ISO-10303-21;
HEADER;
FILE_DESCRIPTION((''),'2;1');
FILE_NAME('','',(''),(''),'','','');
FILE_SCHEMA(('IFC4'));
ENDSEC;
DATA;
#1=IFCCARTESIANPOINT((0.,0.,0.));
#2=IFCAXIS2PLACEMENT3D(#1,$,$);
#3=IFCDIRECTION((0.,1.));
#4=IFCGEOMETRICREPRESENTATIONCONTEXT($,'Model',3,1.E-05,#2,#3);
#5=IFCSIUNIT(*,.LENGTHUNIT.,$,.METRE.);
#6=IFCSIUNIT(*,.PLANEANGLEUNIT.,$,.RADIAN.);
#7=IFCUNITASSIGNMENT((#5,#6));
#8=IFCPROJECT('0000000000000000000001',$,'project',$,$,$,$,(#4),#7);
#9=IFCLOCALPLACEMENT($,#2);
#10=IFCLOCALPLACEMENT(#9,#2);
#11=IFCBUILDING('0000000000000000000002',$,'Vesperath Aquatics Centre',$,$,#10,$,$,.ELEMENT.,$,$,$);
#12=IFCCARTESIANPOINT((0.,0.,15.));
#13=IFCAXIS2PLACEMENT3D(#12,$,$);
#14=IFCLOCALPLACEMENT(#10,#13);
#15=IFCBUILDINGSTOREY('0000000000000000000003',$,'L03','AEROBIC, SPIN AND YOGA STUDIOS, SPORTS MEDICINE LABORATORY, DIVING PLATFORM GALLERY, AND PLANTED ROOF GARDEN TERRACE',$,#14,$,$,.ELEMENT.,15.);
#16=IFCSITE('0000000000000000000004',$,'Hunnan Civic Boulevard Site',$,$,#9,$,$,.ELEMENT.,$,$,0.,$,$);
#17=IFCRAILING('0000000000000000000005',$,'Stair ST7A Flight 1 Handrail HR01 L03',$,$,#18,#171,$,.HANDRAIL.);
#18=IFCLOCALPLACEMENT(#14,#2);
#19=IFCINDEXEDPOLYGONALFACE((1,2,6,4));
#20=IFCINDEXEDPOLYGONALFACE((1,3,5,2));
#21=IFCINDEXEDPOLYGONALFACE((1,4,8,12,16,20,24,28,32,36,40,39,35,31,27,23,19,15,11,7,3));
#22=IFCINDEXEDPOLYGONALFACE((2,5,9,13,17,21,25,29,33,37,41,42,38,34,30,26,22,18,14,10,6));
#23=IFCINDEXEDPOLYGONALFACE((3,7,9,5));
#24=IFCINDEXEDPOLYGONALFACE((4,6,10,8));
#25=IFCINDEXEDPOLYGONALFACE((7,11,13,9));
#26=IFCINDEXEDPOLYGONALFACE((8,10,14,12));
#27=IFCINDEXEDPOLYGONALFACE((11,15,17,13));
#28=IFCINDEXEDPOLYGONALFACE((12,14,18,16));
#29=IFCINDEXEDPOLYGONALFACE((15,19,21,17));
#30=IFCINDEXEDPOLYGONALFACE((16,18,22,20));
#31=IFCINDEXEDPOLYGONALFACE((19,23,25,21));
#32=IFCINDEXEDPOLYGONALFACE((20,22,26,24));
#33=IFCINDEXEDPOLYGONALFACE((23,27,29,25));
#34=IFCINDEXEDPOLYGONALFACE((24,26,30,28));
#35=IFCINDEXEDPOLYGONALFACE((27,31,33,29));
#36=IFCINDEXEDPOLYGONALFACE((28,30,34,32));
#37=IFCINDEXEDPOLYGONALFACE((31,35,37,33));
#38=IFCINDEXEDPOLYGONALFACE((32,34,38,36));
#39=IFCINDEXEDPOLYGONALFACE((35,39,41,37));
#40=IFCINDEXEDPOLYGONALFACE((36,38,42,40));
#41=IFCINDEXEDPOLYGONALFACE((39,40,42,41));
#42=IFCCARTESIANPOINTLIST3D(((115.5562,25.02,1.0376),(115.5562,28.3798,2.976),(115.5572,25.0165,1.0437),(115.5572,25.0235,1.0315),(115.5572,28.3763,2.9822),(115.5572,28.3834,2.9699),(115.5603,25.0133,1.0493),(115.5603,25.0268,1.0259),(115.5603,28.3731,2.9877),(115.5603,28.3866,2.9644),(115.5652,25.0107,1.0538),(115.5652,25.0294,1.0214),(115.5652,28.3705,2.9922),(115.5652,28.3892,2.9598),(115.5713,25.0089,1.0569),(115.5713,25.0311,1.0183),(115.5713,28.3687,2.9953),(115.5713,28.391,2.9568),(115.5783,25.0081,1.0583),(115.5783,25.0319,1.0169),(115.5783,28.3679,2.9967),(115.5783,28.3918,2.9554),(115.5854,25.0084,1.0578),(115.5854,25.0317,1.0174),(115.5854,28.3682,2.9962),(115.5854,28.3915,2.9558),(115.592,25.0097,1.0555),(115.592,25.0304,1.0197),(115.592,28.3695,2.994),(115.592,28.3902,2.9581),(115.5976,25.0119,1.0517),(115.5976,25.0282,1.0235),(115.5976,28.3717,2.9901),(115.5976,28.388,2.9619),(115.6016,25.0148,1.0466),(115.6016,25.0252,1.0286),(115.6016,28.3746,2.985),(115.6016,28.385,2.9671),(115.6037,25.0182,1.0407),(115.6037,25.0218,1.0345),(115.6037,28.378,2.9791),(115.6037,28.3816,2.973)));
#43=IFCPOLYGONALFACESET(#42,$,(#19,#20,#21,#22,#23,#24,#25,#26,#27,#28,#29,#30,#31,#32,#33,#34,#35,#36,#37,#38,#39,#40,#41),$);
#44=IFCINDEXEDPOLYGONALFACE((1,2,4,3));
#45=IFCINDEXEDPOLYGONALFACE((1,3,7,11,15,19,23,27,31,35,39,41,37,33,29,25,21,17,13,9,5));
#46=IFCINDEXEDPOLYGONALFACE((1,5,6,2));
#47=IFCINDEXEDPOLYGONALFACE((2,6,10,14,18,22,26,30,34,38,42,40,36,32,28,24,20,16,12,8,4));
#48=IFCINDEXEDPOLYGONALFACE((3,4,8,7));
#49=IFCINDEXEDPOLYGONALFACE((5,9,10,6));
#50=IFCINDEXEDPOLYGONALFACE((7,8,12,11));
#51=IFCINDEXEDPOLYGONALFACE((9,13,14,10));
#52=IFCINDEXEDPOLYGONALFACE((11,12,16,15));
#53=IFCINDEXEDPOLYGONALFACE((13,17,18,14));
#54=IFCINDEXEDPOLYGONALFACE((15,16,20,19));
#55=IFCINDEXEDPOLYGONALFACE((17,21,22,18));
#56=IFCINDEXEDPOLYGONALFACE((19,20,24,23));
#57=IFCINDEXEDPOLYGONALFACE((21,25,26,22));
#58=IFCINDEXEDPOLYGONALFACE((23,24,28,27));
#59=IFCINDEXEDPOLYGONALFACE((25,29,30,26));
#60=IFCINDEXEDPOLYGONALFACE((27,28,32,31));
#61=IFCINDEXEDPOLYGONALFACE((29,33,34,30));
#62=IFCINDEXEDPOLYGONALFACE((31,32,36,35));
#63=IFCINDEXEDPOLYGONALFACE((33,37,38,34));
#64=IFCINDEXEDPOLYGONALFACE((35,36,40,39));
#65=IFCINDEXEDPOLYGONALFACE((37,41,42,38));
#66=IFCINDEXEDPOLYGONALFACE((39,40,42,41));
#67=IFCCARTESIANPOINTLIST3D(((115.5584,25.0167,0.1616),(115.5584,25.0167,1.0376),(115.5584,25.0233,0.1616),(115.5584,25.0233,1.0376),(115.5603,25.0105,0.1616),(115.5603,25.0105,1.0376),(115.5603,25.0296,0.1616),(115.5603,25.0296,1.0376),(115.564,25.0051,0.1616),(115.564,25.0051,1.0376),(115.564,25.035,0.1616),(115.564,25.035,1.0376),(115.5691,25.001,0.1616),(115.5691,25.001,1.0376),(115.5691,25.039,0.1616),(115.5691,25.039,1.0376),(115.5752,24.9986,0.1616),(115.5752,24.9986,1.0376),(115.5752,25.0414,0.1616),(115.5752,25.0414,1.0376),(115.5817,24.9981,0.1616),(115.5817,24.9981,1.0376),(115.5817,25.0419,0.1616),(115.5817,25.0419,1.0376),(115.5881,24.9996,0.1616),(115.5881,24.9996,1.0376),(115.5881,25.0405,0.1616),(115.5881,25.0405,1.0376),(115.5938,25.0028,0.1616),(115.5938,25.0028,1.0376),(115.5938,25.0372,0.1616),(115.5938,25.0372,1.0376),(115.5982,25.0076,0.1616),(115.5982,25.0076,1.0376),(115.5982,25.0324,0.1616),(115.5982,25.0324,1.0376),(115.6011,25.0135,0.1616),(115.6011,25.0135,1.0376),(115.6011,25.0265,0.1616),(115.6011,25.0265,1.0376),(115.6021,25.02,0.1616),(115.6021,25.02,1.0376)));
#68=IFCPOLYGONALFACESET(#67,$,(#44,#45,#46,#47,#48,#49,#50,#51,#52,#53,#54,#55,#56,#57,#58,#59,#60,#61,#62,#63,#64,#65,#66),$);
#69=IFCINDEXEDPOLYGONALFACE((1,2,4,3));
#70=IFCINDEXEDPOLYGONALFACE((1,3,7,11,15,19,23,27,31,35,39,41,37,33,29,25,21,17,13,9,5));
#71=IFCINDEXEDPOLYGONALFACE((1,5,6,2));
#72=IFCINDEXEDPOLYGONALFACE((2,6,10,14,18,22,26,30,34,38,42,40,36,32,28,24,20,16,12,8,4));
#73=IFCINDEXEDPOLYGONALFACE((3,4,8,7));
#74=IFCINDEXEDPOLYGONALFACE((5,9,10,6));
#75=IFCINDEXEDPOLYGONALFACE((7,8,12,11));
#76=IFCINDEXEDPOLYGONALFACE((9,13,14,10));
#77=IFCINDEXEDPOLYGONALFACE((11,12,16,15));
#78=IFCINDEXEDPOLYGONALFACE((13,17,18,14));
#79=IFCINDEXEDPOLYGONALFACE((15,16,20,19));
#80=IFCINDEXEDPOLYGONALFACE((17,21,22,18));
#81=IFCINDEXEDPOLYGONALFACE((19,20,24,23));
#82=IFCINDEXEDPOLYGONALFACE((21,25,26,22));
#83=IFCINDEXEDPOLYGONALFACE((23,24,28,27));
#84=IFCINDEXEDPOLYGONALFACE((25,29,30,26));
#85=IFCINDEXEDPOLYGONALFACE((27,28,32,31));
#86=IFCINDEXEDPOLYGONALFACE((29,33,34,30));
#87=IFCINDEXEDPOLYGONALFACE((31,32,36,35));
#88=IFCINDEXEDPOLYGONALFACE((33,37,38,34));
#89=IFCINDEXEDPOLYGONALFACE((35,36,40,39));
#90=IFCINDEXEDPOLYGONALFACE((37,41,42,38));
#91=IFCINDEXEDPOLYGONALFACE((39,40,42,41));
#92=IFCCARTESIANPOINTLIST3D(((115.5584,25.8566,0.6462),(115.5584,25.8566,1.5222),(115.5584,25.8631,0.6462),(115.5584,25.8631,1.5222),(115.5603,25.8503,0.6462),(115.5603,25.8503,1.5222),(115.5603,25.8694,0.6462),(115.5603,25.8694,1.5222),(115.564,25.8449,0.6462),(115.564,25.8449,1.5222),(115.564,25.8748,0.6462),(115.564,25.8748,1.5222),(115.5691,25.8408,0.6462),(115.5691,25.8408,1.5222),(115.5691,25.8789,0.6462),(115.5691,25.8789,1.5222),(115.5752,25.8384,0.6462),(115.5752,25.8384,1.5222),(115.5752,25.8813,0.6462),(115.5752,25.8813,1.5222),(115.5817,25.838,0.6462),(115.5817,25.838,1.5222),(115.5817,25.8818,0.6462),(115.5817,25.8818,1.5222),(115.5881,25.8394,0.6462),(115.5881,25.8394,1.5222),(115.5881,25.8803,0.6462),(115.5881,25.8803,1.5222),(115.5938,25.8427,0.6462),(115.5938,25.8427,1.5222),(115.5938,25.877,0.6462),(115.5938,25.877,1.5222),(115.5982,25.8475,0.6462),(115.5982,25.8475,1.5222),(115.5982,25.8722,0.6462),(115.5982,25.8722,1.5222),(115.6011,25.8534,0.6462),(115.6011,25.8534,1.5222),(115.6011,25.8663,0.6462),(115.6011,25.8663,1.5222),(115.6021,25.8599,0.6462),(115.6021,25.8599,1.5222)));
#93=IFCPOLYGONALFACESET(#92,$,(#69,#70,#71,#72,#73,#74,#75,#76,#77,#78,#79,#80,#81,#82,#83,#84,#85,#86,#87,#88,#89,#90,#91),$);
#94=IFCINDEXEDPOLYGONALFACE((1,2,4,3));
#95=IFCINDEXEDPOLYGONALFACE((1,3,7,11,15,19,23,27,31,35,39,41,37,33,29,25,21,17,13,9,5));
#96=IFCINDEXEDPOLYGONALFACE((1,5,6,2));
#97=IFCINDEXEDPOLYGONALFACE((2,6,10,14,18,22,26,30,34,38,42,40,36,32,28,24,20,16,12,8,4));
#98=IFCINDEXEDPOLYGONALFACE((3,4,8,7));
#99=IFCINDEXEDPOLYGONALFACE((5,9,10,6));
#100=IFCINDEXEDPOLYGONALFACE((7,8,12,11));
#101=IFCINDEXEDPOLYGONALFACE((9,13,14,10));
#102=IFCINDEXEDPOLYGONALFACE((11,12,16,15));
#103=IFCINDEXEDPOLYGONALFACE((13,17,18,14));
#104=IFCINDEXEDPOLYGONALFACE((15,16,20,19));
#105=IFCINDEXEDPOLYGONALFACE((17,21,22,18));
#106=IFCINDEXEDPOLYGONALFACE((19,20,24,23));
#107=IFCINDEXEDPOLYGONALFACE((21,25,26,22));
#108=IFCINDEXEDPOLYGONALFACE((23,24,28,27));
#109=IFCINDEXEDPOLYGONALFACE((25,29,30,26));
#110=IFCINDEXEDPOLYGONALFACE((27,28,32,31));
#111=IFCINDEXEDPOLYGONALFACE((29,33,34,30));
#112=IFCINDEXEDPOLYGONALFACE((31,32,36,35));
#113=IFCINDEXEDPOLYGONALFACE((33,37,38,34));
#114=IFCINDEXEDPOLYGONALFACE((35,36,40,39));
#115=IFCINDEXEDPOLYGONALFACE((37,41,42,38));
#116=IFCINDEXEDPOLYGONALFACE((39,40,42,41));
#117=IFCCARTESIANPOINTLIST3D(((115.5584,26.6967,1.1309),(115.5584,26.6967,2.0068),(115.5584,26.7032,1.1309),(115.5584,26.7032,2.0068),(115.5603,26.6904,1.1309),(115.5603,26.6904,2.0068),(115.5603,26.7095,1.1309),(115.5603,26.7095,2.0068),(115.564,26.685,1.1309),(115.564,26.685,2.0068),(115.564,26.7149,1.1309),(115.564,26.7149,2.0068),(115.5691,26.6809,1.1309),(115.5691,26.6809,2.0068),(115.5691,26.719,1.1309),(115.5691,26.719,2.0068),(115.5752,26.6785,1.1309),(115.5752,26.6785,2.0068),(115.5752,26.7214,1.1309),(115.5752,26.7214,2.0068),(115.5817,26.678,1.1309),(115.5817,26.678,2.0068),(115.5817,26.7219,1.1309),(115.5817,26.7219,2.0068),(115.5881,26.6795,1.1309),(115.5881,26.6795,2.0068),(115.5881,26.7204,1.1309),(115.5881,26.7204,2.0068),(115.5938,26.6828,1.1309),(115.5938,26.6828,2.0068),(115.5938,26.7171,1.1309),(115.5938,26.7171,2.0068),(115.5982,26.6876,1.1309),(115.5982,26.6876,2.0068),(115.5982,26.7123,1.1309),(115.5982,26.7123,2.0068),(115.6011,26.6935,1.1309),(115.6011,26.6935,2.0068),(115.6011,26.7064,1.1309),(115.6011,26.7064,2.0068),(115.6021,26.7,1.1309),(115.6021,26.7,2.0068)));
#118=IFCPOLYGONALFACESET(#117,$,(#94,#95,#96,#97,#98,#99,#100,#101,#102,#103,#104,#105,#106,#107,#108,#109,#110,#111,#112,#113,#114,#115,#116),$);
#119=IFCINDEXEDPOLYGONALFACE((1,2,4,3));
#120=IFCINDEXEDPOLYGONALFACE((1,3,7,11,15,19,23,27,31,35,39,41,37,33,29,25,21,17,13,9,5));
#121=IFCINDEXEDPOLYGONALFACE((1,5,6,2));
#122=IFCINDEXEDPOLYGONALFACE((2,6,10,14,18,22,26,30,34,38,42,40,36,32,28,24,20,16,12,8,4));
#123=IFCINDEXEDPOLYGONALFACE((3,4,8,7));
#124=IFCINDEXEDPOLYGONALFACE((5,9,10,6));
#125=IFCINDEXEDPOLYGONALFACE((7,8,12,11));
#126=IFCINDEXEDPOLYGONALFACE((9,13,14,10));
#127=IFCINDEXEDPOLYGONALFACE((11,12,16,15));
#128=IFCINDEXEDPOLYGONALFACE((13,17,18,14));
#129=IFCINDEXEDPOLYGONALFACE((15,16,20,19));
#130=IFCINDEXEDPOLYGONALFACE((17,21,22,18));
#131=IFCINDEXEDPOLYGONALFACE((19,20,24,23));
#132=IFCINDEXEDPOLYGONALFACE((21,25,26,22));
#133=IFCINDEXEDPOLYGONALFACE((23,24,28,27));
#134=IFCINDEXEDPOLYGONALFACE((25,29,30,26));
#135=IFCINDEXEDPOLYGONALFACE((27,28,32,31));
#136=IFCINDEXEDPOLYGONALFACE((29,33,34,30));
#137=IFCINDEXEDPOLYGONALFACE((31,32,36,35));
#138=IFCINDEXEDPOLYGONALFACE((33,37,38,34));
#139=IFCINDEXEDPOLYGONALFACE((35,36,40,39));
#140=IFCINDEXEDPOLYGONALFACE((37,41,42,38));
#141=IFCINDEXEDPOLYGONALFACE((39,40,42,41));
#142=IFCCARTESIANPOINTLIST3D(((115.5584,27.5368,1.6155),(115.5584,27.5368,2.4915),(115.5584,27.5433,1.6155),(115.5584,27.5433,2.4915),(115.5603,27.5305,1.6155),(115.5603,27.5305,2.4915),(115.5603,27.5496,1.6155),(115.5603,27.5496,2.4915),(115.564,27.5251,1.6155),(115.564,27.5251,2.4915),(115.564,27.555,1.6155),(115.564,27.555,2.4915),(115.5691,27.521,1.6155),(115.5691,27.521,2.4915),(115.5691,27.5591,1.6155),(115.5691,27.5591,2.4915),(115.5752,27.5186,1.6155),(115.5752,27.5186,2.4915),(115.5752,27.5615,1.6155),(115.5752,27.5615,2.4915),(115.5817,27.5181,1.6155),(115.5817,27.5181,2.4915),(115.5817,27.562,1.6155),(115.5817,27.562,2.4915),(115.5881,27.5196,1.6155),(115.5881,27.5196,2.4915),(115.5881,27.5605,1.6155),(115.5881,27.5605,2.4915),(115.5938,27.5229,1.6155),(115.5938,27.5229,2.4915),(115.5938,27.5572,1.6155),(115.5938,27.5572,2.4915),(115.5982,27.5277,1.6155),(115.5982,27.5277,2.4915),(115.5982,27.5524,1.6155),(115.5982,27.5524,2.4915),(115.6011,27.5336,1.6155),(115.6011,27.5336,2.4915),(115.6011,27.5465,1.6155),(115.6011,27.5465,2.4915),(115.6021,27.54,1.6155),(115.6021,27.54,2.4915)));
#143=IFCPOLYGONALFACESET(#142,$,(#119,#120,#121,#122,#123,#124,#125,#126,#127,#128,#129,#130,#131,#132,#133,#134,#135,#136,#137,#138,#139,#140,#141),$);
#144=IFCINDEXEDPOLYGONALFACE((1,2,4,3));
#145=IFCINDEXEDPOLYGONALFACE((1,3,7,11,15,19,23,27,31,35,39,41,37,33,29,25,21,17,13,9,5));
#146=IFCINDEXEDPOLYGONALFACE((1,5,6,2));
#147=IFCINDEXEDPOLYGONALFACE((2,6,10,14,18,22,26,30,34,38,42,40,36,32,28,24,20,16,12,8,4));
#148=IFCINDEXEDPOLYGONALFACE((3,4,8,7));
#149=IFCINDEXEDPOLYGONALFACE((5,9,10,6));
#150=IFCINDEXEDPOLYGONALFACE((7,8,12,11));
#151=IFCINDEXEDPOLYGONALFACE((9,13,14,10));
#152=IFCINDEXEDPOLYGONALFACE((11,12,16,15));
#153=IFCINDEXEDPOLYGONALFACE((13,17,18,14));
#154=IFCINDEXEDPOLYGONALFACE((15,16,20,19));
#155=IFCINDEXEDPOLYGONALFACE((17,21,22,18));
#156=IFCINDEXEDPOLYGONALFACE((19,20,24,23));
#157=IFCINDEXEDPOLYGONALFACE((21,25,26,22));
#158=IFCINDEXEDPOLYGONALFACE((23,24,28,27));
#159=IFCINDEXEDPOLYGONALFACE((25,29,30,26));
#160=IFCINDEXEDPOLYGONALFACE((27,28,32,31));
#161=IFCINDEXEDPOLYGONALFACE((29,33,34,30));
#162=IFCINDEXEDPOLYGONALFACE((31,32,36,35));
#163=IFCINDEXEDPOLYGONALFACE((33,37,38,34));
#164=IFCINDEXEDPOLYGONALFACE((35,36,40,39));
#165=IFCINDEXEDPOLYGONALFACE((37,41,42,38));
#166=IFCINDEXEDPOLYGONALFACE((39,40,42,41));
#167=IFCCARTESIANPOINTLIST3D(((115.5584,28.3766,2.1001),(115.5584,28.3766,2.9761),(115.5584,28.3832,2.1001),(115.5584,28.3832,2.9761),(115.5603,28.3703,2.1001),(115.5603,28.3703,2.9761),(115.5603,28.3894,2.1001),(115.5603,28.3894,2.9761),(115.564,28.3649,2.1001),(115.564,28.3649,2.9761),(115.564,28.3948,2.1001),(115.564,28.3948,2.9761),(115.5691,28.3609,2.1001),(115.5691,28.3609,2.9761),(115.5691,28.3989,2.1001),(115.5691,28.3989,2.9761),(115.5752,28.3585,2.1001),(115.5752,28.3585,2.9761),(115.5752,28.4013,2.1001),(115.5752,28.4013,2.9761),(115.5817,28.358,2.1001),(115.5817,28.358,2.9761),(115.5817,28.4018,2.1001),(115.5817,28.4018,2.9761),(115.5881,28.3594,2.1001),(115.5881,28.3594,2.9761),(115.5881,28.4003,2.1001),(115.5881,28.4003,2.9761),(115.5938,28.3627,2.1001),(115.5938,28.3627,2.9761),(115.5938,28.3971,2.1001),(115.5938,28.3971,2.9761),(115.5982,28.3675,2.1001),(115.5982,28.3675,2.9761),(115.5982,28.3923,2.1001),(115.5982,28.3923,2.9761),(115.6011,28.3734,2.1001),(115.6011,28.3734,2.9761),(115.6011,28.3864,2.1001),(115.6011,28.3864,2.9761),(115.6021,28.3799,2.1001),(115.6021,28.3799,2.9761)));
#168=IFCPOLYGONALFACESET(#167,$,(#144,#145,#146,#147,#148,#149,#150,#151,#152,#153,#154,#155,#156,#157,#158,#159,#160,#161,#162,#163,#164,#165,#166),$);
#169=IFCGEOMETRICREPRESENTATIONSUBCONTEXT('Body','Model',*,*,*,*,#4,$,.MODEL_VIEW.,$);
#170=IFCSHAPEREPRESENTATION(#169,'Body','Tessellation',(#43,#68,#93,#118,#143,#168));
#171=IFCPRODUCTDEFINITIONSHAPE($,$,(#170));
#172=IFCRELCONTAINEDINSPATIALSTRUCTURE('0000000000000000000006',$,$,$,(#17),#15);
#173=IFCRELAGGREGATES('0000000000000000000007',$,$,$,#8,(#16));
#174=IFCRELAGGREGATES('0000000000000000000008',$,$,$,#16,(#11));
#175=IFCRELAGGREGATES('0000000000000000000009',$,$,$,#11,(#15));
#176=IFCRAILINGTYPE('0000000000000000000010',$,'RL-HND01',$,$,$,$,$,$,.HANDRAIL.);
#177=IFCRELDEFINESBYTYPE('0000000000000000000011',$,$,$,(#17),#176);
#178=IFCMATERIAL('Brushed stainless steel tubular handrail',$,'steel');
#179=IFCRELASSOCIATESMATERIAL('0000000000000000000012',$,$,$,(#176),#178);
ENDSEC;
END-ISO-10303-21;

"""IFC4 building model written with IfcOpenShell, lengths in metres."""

from ifc_helpers import new_model, si_unit, direction, frame, origin, origin_2d, place, context, subcontext, project, spatial, circle, extrude, material, type_object, element, save


model = new_model("IFC4")

# Units and contexts
model_context = context("Model", 3, precision=1e-05, world=origin(), true_north=direction((0.0, 1.0)))
body_context = subcontext(model_context, "Body", "Model", "MODEL_VIEW")
ifc_project = project(units=[si_unit("LENGTHUNIT", "METRE"), si_unit("PLANEANGLEUNIT", "RADIAN")], contexts=[model_context])

# Site, building, storey
site_placement = place(None, origin())
site = spatial("IfcSite", under=ifc_project, at=site_placement, Name="Hunnan Civic Boulevard Site", CompositionType="ELEMENT", RefElevation=0.0)
building_placement = place(site_placement, origin())
building = spatial("IfcBuilding", under=site, at=building_placement, Name="Vesperath Aquatics Centre", CompositionType="ELEMENT")
storey_placement = place(building_placement, frame((0.0, 0.0, 15.0)))
storey = spatial("IfcBuildingStorey", under=building, at=storey_placement, Name="L03", Description="AEROBIC, SPIN AND YOGA STUDIOS, SPORTS MEDICINE LABORATORY, DIVING PLATFORM GALLERY, AND PLANTED ROOF GARDEN TERRACE", CompositionType="ELEMENT", Elevation=15.0)

# Railing
ifc_material_1 = material(Name="Brushed stainless steel tubular handrail", Category="steel")
railing_type_1 = type_object("IfcRailingType", Name="RL-HND01", PredefinedType="HANDRAIL", material=ifc_material_1)
for number, where, name in (
    (1, (115.5801, 25.02, 0.1616), "Stair ST7A Flight 1 Handrail HR01 L03"),
):
    element("IfcRailing", number, at=place(storey_placement, frame(where)), inside=storey, type_object=railing_type_1, Name=name, PredefinedType="HANDRAIL", context=body_context, shape_type="SweptSolid", body=[
        extrude(circle(Radius=0.0239, at=origin_2d()), frame((0.0, 0.0, 0.876), z_axis=(0.0, 0.866175, 0.499741), x_axis=(-1.0, 0.0, 0.0)), (0.0, 0.0, 1.0), 3.8789),
        extrude(circle(Radius=0.022, at=origin_2d()), origin(), (0.0, 0.0, 1.0), 0.876),
        extrude(circle(Radius=0.022, at=origin_2d()), frame((0.0, 0.8398, 0.4846)), (0.0, 0.0, 1.0), 0.876),
        extrude(circle(Radius=0.022, at=origin_2d()), frame((0.0, 1.6799, 0.9692)), (0.0, 0.0, 1.0), 0.876),
        extrude(circle(Radius=0.022, at=origin_2d()), frame((0.0, 2.52, 1.4539)), (0.0, 0.0, 1.0), 0.876),
        extrude(circle(Radius=0.022, at=origin_2d()), frame((0.0, 3.3599, 1.9385)), (0.0, 0.0, 1.0), 0.876),
    ])

save(model, "model.ifc")
